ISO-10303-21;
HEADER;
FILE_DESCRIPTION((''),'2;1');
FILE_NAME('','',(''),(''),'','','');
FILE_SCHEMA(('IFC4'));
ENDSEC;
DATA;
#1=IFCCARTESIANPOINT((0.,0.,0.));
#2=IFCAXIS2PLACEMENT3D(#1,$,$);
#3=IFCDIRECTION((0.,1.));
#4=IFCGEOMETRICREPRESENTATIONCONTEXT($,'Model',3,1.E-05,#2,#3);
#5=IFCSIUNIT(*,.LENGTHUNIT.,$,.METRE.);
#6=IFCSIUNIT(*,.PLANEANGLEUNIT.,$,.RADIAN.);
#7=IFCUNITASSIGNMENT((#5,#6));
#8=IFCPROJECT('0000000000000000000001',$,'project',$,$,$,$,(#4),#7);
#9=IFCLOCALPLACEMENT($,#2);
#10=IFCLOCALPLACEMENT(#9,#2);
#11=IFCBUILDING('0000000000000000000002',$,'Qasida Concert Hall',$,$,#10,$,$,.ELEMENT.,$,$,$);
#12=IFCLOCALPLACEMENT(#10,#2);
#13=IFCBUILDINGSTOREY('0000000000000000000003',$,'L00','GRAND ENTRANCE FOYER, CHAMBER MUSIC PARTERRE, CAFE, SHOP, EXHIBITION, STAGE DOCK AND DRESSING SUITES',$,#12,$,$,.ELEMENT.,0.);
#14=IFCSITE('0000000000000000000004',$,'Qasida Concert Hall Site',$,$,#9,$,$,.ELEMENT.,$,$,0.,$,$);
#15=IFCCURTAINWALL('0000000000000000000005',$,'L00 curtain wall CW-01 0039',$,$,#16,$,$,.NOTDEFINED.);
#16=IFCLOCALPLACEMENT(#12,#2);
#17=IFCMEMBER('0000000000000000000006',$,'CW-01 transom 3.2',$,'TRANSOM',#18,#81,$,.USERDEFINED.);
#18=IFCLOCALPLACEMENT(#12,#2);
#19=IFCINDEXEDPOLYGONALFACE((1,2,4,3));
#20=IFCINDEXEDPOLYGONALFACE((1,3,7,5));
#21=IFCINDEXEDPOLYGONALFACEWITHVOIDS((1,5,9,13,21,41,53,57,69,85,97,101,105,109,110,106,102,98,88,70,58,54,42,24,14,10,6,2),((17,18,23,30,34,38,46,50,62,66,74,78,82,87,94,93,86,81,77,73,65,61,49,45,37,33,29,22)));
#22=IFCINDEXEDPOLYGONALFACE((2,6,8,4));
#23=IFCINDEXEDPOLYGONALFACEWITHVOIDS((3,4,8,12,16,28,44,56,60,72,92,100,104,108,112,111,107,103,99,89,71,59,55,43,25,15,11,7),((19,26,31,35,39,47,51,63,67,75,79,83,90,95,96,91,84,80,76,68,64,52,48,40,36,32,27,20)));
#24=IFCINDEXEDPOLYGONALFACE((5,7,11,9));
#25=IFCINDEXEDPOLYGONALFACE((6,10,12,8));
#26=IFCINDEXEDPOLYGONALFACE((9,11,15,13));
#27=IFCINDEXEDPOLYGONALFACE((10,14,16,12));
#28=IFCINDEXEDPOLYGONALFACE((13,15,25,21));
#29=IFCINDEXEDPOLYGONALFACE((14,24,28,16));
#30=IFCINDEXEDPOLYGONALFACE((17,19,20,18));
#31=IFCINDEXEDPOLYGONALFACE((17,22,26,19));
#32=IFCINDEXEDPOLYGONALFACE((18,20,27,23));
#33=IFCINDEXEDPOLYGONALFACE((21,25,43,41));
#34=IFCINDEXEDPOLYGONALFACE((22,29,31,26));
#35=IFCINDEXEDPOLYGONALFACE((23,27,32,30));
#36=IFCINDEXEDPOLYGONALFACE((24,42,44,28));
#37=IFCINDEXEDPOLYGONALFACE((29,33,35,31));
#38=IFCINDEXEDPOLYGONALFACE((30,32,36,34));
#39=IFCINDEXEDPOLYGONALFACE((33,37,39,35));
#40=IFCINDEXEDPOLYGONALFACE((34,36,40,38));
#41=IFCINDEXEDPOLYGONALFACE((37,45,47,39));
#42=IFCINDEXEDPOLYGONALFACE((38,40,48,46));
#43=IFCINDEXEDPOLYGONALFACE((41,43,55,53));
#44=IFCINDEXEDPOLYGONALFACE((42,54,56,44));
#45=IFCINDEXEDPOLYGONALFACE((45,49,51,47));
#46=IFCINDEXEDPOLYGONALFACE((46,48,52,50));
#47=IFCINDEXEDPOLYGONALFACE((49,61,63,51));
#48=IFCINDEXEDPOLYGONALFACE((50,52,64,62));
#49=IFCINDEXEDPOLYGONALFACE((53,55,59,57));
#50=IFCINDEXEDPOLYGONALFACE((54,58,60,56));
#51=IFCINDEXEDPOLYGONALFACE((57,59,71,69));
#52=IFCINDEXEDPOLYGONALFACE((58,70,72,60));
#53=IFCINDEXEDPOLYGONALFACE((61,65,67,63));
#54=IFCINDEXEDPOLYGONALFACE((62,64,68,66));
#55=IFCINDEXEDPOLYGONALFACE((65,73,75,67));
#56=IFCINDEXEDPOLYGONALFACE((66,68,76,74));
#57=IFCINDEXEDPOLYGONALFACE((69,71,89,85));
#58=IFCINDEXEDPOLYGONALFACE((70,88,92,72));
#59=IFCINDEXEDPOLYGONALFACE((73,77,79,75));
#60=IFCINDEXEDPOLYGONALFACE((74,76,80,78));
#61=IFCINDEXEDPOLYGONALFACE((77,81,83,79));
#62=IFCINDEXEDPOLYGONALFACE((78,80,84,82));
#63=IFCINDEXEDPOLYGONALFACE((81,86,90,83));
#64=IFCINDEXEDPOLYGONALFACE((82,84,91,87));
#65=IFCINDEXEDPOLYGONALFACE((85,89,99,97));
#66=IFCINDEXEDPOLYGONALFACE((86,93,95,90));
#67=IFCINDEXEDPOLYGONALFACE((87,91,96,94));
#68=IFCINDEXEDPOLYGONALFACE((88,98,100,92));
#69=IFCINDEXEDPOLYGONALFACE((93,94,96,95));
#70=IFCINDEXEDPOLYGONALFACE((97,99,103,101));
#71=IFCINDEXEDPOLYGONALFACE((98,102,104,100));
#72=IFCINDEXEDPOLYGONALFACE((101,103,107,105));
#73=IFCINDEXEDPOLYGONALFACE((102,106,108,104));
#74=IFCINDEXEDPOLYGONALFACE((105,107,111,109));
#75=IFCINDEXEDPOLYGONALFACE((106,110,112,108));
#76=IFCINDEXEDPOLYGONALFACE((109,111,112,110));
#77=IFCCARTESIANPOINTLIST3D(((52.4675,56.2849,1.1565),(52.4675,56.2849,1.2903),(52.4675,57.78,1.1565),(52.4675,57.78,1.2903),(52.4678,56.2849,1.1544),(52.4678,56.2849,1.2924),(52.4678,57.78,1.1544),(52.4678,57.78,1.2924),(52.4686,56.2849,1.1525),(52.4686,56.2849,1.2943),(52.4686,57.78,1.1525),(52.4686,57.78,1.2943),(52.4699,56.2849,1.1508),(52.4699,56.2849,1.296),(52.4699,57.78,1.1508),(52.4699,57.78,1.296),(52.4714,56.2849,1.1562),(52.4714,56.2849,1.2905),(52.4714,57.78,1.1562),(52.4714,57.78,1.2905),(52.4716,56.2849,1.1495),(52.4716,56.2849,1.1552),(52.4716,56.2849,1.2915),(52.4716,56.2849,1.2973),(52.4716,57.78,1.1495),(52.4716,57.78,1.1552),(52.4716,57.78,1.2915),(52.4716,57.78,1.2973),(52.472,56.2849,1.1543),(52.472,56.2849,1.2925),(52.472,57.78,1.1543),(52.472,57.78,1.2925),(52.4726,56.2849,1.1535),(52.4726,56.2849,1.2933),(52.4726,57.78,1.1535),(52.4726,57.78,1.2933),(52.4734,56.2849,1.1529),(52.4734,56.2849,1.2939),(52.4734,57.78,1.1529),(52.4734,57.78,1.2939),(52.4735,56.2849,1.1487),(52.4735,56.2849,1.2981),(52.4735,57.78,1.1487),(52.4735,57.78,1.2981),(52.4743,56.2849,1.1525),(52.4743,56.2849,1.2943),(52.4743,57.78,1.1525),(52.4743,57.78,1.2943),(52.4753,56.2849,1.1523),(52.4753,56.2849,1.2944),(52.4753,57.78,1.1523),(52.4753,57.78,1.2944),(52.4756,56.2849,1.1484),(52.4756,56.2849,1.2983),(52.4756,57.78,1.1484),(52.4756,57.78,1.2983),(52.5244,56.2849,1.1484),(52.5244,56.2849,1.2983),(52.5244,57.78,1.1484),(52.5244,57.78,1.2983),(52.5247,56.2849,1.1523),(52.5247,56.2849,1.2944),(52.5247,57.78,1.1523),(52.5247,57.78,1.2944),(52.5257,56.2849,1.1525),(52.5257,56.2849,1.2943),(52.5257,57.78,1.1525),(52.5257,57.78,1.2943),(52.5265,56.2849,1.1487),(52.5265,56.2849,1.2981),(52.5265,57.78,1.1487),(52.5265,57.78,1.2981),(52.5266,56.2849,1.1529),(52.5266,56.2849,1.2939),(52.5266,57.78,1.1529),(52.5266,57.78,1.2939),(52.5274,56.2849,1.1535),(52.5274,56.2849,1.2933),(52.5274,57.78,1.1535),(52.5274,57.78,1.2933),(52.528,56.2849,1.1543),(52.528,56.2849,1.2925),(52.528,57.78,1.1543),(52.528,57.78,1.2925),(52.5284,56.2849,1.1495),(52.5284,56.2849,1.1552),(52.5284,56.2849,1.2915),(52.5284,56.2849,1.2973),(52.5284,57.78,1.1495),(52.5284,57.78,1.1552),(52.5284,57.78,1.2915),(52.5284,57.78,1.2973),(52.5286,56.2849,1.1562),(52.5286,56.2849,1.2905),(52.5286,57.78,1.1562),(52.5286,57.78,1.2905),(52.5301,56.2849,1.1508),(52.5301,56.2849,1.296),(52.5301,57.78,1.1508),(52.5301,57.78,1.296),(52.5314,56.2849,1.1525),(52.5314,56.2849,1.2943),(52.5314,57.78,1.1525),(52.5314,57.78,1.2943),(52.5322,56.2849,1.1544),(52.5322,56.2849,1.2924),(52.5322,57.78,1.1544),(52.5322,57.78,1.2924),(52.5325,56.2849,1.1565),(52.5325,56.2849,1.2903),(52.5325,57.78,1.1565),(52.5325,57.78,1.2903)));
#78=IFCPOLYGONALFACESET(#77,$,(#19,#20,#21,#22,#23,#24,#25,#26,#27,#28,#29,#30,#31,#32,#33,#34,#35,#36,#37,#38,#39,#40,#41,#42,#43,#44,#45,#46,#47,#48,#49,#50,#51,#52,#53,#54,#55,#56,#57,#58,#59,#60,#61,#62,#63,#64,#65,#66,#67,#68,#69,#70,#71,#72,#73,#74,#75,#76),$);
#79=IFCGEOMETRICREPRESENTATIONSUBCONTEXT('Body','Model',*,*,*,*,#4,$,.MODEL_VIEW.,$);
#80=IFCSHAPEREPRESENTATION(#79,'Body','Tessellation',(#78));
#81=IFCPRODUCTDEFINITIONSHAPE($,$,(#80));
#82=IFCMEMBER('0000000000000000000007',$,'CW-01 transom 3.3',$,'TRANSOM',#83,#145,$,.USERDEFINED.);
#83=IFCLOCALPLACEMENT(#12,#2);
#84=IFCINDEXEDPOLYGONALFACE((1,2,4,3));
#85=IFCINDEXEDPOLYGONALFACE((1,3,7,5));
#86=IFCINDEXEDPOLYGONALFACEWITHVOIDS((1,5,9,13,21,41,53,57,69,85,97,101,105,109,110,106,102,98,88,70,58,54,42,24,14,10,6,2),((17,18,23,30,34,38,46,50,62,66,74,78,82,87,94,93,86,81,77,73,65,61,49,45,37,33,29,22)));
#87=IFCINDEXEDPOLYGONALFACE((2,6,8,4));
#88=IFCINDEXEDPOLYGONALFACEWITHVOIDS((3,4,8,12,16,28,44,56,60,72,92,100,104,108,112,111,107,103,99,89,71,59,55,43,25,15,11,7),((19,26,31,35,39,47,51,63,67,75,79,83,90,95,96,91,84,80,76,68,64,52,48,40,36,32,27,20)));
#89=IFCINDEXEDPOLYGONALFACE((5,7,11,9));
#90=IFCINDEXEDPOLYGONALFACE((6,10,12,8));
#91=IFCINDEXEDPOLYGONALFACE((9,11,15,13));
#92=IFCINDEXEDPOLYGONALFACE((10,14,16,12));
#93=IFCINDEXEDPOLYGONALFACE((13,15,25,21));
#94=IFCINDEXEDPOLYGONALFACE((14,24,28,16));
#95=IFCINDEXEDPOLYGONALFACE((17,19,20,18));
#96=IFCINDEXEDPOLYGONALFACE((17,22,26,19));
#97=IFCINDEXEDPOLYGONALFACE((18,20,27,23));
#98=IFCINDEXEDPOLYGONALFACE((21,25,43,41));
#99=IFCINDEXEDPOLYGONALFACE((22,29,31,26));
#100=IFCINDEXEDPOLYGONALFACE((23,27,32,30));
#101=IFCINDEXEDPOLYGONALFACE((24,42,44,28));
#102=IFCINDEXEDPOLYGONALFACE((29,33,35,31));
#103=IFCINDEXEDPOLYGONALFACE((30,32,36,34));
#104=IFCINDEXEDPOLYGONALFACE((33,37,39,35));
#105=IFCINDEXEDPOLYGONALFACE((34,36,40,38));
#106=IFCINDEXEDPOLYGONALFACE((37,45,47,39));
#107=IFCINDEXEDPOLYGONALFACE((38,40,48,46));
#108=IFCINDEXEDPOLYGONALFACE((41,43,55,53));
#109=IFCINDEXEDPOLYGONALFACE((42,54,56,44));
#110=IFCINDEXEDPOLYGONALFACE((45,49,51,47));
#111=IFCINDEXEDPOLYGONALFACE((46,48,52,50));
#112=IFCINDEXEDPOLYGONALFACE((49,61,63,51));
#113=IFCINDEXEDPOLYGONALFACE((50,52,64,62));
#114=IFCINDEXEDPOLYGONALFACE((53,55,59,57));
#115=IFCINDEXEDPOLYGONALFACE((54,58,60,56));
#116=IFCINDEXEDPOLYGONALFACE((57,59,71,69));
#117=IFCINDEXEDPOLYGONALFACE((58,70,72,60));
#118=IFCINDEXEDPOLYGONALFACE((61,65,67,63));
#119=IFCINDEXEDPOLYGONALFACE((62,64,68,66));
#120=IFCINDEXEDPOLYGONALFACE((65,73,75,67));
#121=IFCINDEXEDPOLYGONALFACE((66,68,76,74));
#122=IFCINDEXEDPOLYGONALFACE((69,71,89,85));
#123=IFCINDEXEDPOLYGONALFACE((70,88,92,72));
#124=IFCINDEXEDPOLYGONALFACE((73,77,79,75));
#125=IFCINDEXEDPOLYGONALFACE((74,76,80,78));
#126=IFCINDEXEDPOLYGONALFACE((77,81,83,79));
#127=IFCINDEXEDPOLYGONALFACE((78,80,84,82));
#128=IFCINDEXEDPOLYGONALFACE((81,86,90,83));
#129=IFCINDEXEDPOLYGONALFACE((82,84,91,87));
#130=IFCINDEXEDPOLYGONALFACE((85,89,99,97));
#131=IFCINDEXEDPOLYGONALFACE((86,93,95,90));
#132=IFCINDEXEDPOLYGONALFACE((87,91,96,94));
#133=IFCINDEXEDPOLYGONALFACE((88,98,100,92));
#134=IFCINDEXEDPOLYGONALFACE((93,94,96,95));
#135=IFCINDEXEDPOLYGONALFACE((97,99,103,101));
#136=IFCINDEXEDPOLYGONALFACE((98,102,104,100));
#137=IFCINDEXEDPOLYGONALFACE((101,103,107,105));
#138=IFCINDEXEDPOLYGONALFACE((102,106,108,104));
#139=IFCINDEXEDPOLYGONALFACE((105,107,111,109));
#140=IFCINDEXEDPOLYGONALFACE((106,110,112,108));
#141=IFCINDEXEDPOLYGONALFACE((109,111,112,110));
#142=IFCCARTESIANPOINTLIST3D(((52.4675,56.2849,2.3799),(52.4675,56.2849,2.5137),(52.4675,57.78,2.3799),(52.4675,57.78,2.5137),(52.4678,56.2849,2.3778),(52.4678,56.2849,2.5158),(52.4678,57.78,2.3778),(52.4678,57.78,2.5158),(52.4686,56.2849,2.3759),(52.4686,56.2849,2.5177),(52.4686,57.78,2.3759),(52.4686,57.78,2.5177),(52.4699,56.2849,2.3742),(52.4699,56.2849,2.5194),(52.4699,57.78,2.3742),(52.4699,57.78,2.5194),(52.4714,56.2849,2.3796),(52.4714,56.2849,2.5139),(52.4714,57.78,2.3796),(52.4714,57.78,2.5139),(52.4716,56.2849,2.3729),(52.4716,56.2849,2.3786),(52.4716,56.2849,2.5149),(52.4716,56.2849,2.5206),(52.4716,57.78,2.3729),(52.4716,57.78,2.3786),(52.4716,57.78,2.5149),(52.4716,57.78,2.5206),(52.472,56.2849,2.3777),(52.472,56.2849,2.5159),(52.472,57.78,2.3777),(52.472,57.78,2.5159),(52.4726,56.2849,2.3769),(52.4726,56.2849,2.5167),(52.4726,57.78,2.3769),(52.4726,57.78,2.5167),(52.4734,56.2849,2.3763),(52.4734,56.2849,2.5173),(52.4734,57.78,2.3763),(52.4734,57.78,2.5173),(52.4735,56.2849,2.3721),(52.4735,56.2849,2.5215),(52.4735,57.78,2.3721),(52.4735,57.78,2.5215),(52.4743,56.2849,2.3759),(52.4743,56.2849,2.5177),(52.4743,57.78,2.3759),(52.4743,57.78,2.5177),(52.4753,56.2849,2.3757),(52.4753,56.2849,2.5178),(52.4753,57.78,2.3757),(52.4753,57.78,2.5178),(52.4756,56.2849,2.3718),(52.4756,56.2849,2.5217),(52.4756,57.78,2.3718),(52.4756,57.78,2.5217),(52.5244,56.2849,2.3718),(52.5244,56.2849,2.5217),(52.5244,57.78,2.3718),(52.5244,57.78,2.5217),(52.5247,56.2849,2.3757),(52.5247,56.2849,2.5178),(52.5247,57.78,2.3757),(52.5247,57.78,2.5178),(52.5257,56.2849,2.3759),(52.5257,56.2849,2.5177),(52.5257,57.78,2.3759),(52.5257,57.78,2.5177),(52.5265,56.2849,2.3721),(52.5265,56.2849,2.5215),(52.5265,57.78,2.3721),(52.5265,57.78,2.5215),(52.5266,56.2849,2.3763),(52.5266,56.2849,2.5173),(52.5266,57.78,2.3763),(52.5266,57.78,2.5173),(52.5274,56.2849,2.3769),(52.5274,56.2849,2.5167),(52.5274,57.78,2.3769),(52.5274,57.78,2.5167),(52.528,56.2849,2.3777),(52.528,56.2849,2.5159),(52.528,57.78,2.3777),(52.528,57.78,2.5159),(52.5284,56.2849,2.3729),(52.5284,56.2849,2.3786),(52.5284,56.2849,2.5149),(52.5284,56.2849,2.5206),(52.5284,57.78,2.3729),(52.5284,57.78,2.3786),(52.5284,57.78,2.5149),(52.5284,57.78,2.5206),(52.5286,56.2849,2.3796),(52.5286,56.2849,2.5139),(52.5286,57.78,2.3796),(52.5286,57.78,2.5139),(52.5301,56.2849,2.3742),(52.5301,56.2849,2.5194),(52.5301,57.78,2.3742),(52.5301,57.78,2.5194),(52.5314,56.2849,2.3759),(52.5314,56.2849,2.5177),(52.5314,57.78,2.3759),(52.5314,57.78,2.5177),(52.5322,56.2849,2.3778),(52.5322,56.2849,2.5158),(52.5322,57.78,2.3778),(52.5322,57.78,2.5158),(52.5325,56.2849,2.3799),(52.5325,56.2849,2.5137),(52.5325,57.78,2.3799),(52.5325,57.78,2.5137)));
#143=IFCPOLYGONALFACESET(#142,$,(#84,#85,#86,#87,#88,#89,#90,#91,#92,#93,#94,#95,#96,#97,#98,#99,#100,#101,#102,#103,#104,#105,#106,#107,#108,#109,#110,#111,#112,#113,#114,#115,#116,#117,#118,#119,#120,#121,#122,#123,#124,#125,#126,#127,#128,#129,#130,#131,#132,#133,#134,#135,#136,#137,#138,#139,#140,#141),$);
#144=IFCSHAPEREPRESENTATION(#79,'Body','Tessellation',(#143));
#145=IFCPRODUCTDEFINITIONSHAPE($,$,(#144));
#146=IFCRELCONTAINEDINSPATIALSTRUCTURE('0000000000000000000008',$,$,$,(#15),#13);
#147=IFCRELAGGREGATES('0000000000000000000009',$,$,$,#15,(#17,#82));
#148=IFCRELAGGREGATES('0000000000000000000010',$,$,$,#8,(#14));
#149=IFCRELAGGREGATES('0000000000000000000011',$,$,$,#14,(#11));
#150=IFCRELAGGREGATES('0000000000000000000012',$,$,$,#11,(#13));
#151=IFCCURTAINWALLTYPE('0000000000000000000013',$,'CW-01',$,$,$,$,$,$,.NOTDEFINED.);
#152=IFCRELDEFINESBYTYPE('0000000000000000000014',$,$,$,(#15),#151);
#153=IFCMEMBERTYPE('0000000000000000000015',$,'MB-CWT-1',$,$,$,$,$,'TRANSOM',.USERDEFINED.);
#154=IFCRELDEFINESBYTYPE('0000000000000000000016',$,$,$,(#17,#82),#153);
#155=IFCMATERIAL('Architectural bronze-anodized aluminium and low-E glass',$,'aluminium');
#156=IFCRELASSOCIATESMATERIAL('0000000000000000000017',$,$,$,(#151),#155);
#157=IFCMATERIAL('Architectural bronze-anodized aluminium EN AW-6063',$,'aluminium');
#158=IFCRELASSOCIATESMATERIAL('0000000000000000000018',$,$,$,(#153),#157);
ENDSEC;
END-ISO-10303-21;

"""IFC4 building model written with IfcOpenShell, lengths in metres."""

from ifc_helpers import new_model, si_unit, direction, frame, origin, origin_2d, place, context, subcontext, project, spatial, hollow_rectangle, extrude, material, material_profile, profile_set, type_object, element, aggregate, save


model = new_model("IFC4")

# Units and contexts
model_context = context("Model", 3, precision=1e-05, world=origin(), true_north=direction((0.0, 1.0)))
body_context = subcontext(model_context, "Body", "Model", "MODEL_VIEW")
ifc_project = project(units=[si_unit("LENGTHUNIT", "METRE"), si_unit("PLANEANGLEUNIT", "RADIAN")], contexts=[model_context])

# Site, building, storey
site_placement = place(None, origin())
site = spatial("IfcSite", under=ifc_project, at=site_placement, Name="Qasida Concert Hall Site", CompositionType="ELEMENT", RefElevation=0.0)
building_placement = place(site_placement, origin())
building = spatial("IfcBuilding", under=site, at=building_placement, Name="Qasida Concert Hall", CompositionType="ELEMENT")
storey_placement = place(building_placement, origin())
storey = spatial("IfcBuildingStorey", under=building, at=storey_placement, Name="L00", Description="GRAND ENTRANCE FOYER, CHAMBER MUSIC PARTERRE, CAFE, SHOP, EXHIBITION, STAGE DOCK AND DRESSING SUITES", CompositionType="ELEMENT", Elevation=0.0)

# Curtain wall, members
ifc_material_1 = material(Name="Architectural bronze-anodized aluminium and low-E glass", Category="aluminium")
curtain_wall_type = type_object("IfcCurtainWallType", Name="CW-01", PredefinedType="NOTDEFINED", material=ifc_material_1)
curtain_wall_placement = place(storey_placement, origin())
curtain_wall = element("IfcCurtainWall", 1, at=curtain_wall_placement, inside=storey, type_object=curtain_wall_type, Name="L00 curtain wall CW-01 0039", PredefinedType="NOTDEFINED")
ifc_material_2 = material(Name="Architectural bronze-anodized aluminium EN AW-6063", Category="aluminium")
ifc_material_profile_1 = material_profile(ifc_material_2, hollow_rectangle(XDim=0.0649, YDim=0.1499, WallThickness=0.0039, InnerFilletRadius=0.0039, OuterFilletRadius=0.0081, at=origin_2d()), Name="CWT 150x65x4")
ifc_profile_set_1 = profile_set([ifc_material_profile_1], Name="Architectural bronze-anodized aluminium EN AW-6063")
member_type_1 = type_object("IfcMemberType", Name="MB-CWT-1", ElementType="TRANSOM", PredefinedType="USERDEFINED", material=ifc_profile_set_1)
member_1_placement = place(storey_placement, frame((52.5, 56.2849, 1.2234), z_axis=(0.0, 1.0, 0.0), x_axis=(-1.0, 0.0, 0.0)))
member_1 = element("IfcMember", 2, at=member_1_placement, type_object=member_type_1, Name="CW-01 transom 3.2", ObjectType="TRANSOM", PredefinedType="USERDEFINED", context=body_context, shape_type="SweptSolid", body=[
    extrude(hollow_rectangle(XDim=0.0649, YDim=0.1499, WallThickness=0.0039, InnerFilletRadius=0.0039, OuterFilletRadius=0.0081, at=origin_2d()), origin(), (0.0, 0.0, 1.0), 1.4951),
])
member_2_placement = place(storey_placement, frame((52.5, 56.2849, 2.4468), z_axis=(0.0, 1.0, 0.0), x_axis=(-1.0, 0.0, 0.0)))
member_2 = element("IfcMember", 3, at=member_2_placement, type_object=member_type_1, Name="CW-01 transom 3.3", ObjectType="TRANSOM", PredefinedType="USERDEFINED", context=body_context, shape_type="SweptSolid", body=[
    extrude(hollow_rectangle(XDim=0.0649, YDim=0.1499, WallThickness=0.0039, InnerFilletRadius=0.0039, OuterFilletRadius=0.0081, at=origin_2d()), origin(), (0.0, 0.0, 1.0), 1.4951),
])
aggregate(curtain_wall, [member_1, member_2])

save(model, "model.ifc")
